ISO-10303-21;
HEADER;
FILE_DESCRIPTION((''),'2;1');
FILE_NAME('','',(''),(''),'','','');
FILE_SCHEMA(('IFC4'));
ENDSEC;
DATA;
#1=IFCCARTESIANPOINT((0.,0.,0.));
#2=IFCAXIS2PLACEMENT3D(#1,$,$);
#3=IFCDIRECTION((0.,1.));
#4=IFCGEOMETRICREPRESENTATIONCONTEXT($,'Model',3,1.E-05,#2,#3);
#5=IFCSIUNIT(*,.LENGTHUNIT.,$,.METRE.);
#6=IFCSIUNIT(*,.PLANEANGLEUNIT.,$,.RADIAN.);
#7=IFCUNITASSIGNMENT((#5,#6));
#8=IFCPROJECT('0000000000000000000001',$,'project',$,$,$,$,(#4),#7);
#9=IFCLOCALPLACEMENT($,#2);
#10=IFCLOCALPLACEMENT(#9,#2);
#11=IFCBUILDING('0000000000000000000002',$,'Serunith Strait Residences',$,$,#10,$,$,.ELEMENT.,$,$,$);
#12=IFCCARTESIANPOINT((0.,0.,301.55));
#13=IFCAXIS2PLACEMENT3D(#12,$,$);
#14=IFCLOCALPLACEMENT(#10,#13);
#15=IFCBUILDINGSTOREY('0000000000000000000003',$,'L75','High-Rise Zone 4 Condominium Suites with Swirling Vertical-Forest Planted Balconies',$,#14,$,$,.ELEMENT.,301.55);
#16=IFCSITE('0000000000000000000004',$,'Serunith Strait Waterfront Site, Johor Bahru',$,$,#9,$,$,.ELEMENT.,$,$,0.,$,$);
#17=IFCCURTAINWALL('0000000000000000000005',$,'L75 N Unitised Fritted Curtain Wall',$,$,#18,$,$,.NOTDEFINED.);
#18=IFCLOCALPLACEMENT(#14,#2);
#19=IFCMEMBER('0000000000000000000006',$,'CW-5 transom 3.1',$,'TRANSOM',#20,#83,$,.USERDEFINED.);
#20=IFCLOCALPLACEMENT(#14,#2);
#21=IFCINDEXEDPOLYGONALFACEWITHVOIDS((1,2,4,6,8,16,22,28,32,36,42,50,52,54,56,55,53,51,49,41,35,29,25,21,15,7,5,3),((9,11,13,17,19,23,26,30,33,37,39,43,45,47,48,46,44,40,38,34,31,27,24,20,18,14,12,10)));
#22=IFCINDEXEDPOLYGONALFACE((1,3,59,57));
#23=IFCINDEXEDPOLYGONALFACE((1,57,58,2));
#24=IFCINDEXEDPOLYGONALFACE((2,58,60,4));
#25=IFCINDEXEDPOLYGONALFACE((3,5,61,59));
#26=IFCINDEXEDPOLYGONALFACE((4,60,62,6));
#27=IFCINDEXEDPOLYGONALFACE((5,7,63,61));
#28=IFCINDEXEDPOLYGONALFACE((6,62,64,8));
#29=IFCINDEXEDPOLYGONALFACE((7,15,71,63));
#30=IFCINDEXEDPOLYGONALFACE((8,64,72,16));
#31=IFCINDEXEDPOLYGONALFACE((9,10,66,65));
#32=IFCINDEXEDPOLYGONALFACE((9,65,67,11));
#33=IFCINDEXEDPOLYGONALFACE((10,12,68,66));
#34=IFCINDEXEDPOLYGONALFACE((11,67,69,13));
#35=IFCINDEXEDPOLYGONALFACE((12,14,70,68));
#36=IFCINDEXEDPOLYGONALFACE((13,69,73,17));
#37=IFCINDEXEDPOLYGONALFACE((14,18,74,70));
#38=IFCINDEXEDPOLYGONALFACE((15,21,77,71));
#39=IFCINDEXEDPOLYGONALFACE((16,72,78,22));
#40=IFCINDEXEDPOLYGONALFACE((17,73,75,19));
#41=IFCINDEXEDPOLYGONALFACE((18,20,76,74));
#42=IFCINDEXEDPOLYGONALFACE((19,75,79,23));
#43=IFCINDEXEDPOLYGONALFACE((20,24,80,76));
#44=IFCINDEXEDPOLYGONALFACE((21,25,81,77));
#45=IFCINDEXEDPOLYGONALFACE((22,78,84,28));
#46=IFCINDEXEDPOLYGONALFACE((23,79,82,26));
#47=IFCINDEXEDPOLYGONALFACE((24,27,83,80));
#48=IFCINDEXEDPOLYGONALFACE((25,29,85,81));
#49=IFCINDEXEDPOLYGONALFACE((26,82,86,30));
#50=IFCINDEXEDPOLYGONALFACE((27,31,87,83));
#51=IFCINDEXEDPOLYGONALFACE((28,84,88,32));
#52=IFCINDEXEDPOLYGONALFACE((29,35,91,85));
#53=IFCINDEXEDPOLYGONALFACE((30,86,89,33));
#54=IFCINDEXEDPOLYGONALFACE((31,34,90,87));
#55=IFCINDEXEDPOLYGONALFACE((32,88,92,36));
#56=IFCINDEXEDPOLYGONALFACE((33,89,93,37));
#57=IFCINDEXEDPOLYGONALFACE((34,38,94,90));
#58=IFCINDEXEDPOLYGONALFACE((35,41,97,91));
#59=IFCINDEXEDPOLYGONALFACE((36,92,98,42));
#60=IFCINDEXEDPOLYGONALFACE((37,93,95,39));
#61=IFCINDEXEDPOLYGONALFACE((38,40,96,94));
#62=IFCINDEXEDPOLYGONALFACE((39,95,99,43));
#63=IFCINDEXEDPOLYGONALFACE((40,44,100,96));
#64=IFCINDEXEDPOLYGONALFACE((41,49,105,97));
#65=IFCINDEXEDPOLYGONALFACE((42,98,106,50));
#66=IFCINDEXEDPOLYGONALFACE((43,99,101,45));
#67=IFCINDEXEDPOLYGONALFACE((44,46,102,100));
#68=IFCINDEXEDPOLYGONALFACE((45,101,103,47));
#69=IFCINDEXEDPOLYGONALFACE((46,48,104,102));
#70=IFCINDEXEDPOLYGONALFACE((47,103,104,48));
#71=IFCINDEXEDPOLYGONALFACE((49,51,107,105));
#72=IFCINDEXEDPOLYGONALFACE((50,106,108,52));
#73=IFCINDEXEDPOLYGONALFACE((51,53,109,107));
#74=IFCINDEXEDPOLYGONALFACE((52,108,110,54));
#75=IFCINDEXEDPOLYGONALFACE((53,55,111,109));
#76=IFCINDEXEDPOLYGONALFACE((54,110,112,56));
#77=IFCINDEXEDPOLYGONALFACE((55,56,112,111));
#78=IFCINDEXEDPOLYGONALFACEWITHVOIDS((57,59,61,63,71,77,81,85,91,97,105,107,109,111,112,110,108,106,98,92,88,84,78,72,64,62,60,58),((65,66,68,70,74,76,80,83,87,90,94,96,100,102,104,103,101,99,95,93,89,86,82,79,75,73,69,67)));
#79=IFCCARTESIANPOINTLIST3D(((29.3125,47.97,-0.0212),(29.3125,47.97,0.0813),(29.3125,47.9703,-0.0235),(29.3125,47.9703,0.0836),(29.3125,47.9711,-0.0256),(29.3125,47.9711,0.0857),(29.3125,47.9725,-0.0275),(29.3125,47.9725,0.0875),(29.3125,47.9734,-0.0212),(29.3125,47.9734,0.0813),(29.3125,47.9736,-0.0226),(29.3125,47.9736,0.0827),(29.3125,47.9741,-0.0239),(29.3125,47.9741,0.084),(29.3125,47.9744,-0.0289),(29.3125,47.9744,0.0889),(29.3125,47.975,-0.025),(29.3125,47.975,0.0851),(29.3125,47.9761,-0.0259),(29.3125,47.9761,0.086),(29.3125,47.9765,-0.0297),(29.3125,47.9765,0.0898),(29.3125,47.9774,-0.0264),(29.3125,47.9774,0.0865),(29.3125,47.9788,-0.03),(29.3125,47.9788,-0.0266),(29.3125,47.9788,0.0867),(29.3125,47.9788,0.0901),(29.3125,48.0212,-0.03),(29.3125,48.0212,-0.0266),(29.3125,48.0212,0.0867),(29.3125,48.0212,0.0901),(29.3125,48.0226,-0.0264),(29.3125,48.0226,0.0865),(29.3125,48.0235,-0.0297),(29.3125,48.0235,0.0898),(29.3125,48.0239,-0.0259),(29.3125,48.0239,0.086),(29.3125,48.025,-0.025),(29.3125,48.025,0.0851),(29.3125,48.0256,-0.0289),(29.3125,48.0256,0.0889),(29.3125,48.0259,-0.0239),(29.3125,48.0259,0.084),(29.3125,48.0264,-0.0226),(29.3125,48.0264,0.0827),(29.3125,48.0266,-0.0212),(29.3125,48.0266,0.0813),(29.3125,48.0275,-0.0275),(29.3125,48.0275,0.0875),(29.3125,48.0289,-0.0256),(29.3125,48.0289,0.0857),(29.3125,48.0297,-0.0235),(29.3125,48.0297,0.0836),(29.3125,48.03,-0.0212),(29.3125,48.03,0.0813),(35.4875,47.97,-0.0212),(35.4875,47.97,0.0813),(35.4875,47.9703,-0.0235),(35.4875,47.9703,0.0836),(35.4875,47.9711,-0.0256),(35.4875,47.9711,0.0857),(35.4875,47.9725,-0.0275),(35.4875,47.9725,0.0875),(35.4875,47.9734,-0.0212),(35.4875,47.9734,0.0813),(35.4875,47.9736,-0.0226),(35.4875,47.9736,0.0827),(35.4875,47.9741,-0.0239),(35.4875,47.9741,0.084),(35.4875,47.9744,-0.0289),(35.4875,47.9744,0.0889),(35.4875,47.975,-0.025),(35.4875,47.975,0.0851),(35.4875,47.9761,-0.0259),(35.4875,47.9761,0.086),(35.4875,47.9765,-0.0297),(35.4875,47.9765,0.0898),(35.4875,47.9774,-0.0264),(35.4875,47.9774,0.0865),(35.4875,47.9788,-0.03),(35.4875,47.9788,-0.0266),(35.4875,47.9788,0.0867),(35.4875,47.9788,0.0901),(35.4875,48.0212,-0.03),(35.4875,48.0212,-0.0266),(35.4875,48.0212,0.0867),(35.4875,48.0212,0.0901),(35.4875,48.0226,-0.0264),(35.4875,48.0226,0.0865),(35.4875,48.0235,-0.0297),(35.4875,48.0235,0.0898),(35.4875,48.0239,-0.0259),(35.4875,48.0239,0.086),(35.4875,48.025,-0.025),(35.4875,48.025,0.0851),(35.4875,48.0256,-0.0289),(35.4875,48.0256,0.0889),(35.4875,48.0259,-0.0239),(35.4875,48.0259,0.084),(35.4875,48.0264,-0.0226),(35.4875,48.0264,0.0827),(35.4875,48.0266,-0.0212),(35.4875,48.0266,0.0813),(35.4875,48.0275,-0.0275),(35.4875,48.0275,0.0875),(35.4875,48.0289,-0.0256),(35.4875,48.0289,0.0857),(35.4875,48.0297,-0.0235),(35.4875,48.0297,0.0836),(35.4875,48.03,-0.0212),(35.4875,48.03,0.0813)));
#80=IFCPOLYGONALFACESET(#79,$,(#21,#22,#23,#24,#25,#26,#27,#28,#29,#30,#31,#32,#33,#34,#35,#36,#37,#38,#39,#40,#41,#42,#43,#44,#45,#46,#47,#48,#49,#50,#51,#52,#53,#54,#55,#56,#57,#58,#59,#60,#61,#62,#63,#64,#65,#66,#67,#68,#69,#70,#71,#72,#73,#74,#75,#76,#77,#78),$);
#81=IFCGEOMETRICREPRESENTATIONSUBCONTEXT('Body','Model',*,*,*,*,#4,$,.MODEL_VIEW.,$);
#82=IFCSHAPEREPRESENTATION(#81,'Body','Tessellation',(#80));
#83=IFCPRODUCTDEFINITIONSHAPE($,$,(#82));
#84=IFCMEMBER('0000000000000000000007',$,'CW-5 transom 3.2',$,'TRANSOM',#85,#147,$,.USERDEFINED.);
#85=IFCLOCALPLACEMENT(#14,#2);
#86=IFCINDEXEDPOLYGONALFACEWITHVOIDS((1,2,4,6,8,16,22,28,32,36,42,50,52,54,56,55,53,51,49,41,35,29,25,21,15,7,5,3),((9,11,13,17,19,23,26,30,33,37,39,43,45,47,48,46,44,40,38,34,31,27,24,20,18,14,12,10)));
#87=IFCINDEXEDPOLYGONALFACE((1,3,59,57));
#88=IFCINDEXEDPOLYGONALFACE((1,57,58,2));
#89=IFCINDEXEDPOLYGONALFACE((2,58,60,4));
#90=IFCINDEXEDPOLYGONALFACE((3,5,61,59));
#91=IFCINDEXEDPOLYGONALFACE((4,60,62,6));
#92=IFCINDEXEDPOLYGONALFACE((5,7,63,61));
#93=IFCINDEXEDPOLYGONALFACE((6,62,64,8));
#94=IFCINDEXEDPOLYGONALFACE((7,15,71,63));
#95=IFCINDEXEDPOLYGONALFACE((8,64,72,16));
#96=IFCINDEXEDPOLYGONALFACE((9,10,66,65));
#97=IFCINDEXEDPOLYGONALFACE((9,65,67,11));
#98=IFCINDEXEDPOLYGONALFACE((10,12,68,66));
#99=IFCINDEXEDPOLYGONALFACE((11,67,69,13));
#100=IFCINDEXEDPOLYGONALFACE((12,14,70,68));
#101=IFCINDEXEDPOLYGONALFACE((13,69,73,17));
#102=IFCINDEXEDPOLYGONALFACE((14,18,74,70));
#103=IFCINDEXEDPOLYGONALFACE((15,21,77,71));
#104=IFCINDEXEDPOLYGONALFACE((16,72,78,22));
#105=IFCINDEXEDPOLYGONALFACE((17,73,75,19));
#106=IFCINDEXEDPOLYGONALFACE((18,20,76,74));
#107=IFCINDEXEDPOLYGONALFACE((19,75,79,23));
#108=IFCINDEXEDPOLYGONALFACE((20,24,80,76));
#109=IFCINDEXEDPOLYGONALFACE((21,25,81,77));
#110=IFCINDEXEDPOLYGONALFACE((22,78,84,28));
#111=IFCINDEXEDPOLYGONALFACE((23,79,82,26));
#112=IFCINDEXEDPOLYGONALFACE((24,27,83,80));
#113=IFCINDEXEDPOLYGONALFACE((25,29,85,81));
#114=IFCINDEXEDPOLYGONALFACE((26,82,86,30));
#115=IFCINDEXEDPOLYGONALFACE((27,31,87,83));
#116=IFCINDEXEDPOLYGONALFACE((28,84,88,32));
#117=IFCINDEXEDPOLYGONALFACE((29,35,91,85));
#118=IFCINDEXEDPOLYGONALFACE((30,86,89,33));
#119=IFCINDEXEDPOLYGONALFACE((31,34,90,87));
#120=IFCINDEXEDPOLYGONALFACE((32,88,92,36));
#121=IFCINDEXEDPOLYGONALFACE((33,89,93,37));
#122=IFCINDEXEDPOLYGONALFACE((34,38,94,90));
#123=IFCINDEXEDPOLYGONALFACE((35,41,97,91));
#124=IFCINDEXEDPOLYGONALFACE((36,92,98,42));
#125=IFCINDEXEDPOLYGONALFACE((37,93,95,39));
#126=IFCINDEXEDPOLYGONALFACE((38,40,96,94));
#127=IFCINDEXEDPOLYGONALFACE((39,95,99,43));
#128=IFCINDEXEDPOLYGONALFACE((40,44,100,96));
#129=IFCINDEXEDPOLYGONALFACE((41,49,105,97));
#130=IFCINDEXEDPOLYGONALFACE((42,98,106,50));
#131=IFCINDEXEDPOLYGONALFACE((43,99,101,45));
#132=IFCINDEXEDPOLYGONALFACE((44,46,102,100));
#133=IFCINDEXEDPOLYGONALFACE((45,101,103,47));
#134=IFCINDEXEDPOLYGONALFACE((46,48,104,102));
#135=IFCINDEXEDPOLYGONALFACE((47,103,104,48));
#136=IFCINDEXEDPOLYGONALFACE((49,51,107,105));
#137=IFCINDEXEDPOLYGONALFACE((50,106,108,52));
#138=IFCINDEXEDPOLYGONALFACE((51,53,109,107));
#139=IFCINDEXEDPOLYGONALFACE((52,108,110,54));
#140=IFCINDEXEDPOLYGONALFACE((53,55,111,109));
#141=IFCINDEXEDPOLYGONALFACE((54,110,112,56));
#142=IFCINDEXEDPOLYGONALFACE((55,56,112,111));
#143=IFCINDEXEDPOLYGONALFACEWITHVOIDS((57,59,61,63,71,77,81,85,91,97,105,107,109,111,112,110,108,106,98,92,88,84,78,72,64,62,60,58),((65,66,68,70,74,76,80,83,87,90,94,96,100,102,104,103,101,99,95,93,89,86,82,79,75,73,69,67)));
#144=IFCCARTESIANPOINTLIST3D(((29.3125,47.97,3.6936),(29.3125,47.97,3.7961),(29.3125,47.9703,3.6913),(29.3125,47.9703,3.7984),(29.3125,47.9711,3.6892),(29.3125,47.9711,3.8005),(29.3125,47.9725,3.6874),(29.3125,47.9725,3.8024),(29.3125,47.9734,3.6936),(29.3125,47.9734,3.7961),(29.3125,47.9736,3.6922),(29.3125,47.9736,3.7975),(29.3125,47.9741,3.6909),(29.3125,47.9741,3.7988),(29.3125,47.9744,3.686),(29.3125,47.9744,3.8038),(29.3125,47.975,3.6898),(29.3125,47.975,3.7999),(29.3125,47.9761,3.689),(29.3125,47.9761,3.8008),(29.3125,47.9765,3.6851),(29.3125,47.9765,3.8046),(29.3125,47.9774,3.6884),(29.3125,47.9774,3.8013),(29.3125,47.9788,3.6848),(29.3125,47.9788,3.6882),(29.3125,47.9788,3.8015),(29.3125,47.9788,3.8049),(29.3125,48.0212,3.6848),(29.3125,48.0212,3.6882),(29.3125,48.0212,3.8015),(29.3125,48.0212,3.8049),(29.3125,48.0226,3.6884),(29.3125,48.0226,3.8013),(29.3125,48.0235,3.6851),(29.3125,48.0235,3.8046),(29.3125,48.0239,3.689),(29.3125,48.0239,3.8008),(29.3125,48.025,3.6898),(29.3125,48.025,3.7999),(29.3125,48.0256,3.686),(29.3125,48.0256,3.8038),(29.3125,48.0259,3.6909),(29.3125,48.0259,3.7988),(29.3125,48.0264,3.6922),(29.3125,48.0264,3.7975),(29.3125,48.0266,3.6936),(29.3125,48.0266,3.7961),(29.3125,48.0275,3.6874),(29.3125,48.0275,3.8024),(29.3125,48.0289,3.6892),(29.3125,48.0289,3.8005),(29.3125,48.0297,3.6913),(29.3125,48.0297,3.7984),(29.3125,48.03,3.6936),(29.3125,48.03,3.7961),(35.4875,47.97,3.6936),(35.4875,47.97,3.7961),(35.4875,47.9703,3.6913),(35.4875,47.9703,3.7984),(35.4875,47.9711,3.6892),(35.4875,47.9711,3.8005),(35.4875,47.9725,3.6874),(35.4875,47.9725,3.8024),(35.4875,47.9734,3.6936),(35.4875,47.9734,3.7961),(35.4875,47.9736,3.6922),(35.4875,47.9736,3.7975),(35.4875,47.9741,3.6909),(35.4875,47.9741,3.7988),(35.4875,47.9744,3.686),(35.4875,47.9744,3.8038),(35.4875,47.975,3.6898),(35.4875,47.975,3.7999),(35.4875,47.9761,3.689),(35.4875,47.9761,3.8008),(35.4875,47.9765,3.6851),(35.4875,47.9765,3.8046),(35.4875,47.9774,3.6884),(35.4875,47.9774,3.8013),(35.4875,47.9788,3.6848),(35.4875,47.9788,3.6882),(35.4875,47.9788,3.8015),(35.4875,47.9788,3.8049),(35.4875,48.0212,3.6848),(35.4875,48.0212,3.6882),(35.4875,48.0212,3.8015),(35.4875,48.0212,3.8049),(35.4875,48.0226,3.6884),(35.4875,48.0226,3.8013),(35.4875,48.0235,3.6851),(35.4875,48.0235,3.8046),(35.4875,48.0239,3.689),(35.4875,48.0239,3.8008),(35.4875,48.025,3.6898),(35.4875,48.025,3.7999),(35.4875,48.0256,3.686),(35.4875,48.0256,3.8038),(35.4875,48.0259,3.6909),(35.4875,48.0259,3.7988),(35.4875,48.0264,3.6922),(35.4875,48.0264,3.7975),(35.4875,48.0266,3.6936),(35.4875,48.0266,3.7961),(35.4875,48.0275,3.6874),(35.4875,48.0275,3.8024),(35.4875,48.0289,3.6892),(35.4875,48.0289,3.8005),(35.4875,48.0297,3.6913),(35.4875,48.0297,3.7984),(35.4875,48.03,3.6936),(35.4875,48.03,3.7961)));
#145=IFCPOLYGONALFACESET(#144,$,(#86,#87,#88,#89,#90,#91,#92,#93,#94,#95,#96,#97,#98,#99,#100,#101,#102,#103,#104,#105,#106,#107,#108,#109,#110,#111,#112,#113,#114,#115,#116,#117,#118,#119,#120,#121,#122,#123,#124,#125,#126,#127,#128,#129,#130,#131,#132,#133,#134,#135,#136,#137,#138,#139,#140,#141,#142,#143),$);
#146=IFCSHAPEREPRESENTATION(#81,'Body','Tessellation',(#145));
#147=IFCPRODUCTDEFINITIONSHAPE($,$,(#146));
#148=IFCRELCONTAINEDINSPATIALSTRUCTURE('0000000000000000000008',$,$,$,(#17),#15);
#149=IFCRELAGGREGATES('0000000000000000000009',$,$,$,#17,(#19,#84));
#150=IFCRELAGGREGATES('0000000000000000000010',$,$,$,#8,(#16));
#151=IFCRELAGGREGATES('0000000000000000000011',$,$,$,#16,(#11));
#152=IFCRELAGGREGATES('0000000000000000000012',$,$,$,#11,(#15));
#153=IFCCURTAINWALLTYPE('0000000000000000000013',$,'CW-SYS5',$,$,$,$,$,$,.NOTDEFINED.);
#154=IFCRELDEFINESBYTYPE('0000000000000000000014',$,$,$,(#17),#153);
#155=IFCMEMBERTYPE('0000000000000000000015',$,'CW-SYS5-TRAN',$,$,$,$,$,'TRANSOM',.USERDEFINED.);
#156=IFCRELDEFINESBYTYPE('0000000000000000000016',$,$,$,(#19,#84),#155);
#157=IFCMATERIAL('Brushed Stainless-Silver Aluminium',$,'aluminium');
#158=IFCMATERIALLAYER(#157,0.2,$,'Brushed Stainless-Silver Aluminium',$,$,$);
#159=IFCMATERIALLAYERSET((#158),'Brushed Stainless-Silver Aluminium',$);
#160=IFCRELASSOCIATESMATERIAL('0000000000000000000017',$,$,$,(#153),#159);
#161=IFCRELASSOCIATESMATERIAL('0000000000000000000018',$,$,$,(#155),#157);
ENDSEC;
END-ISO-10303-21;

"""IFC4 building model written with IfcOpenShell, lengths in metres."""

from ifc_helpers import new_model, si_unit, direction, frame, origin, origin_2d, place, context, subcontext, project, spatial, hollow_rectangle, extrude, source, transform, mapped, material, layer, layer_set, material_profile, profile_set, type_object, element, aggregate, save


model = new_model("IFC4")

# Units and contexts
model_context = context("Model", 3, precision=1e-05, world=origin(), true_north=direction((0.0, 1.0)))
body_context = subcontext(model_context, "Body", "Model", "MODEL_VIEW")
ifc_project = project(units=[si_unit("LENGTHUNIT", "METRE"), si_unit("PLANEANGLEUNIT", "RADIAN")], contexts=[model_context])

# Site, building, storey
site_placement = place(None, origin())
site = spatial("IfcSite", under=ifc_project, at=site_placement, Name="Serunith Strait Waterfront Site, Johor Bahru", CompositionType="ELEMENT", RefElevation=0.0)
building_placement = place(site_placement, origin())
building = spatial("IfcBuilding", under=site, at=building_placement, Name="Serunith Strait Residences", CompositionType="ELEMENT")
storey_placement = place(building_placement, frame((0.0, 0.0, 301.55)))
storey = spatial("IfcBuildingStorey", under=building, at=storey_placement, Name="L75", Description="High-Rise Zone 4 Condominium Suites with Swirling Vertical-Forest Planted Balconies", CompositionType="ELEMENT", Elevation=301.55)

# Curtain wall, members
ifc_material_1 = material(Name="Brushed Stainless-Silver Aluminium", Category="aluminium")
ifc_layer_1 = layer(ifc_material_1, 0.2, Name="Brushed Stainless-Silver Aluminium")
ifc_layer_set_1 = layer_set([ifc_layer_1], Name="Brushed Stainless-Silver Aluminium")
curtain_wall_type = type_object("IfcCurtainWallType", Name="CW-SYS5", PredefinedType="NOTDEFINED", material=ifc_layer_set_1)
curtain_wall_placement = place(storey_placement, origin())
curtain_wall = element("IfcCurtainWall", 1, at=curtain_wall_placement, inside=storey, type_object=curtain_wall_type, Name="L75 N Unitised Fritted Curtain Wall", PredefinedType="NOTDEFINED")
ifc_material_profile_1 = material_profile(ifc_material_1, hollow_rectangle(XDim=0.0601, YDim=0.1201, WallThickness=0.0034, InnerFilletRadius=0.0054, OuterFilletRadius=0.0088, at=origin_2d()), Name="ALU 120x60x3.5")
ifc_profile_set_1 = profile_set([ifc_material_profile_1], Name="Brushed Stainless-Silver Aluminium")
member_type_1 = type_object("IfcMemberType", Name="CW-SYS5-TRAN", ElementType="TRANSOM", PredefinedType="USERDEFINED", material=ifc_profile_set_1)
shared_shape_1 = source(origin(), body_context, "Body", "SweptSolid", [
    extrude(hollow_rectangle(XDim=0.0601, YDim=0.1201, WallThickness=0.0034, InnerFilletRadius=0.0054, OuterFilletRadius=0.0088, at=origin_2d()), origin(), (0.0, 0.0, 1.0), 6.175),
])
member_1_placement = place(storey_placement, frame((35.4875, 48.0, 0.03), z_axis=(-1.0, 0.0, 0.0), x_axis=(0.0, -1.0, 0.0)))
member_1 = element("IfcMember", 2, at=member_1_placement, type_object=member_type_1, Name="CW-5 transom 3.1", ObjectType="TRANSOM", PredefinedType="USERDEFINED", context=body_context, shape_type="MappedRepresentation", body=[
    mapped(shared_shape_1, transform((0.0, 0.0, 0.0), scale=1.0)),
])
member_2_placement = place(storey_placement, frame((35.4875, 48.0, 3.7449), z_axis=(-1.0, 0.0, 0.0), x_axis=(0.0, -1.0, 0.0)))
member_2 = element("IfcMember", 3, at=member_2_placement, type_object=member_type_1, Name="CW-5 transom 3.2", ObjectType="TRANSOM", PredefinedType="USERDEFINED", context=body_context, shape_type="MappedRepresentation", body=[
    mapped(shared_shape_1, transform((0.0, 0.0, 0.0), scale=1.0)),
])
aggregate(curtain_wall, [member_1, member_2])

save(model, "model.ifc")
